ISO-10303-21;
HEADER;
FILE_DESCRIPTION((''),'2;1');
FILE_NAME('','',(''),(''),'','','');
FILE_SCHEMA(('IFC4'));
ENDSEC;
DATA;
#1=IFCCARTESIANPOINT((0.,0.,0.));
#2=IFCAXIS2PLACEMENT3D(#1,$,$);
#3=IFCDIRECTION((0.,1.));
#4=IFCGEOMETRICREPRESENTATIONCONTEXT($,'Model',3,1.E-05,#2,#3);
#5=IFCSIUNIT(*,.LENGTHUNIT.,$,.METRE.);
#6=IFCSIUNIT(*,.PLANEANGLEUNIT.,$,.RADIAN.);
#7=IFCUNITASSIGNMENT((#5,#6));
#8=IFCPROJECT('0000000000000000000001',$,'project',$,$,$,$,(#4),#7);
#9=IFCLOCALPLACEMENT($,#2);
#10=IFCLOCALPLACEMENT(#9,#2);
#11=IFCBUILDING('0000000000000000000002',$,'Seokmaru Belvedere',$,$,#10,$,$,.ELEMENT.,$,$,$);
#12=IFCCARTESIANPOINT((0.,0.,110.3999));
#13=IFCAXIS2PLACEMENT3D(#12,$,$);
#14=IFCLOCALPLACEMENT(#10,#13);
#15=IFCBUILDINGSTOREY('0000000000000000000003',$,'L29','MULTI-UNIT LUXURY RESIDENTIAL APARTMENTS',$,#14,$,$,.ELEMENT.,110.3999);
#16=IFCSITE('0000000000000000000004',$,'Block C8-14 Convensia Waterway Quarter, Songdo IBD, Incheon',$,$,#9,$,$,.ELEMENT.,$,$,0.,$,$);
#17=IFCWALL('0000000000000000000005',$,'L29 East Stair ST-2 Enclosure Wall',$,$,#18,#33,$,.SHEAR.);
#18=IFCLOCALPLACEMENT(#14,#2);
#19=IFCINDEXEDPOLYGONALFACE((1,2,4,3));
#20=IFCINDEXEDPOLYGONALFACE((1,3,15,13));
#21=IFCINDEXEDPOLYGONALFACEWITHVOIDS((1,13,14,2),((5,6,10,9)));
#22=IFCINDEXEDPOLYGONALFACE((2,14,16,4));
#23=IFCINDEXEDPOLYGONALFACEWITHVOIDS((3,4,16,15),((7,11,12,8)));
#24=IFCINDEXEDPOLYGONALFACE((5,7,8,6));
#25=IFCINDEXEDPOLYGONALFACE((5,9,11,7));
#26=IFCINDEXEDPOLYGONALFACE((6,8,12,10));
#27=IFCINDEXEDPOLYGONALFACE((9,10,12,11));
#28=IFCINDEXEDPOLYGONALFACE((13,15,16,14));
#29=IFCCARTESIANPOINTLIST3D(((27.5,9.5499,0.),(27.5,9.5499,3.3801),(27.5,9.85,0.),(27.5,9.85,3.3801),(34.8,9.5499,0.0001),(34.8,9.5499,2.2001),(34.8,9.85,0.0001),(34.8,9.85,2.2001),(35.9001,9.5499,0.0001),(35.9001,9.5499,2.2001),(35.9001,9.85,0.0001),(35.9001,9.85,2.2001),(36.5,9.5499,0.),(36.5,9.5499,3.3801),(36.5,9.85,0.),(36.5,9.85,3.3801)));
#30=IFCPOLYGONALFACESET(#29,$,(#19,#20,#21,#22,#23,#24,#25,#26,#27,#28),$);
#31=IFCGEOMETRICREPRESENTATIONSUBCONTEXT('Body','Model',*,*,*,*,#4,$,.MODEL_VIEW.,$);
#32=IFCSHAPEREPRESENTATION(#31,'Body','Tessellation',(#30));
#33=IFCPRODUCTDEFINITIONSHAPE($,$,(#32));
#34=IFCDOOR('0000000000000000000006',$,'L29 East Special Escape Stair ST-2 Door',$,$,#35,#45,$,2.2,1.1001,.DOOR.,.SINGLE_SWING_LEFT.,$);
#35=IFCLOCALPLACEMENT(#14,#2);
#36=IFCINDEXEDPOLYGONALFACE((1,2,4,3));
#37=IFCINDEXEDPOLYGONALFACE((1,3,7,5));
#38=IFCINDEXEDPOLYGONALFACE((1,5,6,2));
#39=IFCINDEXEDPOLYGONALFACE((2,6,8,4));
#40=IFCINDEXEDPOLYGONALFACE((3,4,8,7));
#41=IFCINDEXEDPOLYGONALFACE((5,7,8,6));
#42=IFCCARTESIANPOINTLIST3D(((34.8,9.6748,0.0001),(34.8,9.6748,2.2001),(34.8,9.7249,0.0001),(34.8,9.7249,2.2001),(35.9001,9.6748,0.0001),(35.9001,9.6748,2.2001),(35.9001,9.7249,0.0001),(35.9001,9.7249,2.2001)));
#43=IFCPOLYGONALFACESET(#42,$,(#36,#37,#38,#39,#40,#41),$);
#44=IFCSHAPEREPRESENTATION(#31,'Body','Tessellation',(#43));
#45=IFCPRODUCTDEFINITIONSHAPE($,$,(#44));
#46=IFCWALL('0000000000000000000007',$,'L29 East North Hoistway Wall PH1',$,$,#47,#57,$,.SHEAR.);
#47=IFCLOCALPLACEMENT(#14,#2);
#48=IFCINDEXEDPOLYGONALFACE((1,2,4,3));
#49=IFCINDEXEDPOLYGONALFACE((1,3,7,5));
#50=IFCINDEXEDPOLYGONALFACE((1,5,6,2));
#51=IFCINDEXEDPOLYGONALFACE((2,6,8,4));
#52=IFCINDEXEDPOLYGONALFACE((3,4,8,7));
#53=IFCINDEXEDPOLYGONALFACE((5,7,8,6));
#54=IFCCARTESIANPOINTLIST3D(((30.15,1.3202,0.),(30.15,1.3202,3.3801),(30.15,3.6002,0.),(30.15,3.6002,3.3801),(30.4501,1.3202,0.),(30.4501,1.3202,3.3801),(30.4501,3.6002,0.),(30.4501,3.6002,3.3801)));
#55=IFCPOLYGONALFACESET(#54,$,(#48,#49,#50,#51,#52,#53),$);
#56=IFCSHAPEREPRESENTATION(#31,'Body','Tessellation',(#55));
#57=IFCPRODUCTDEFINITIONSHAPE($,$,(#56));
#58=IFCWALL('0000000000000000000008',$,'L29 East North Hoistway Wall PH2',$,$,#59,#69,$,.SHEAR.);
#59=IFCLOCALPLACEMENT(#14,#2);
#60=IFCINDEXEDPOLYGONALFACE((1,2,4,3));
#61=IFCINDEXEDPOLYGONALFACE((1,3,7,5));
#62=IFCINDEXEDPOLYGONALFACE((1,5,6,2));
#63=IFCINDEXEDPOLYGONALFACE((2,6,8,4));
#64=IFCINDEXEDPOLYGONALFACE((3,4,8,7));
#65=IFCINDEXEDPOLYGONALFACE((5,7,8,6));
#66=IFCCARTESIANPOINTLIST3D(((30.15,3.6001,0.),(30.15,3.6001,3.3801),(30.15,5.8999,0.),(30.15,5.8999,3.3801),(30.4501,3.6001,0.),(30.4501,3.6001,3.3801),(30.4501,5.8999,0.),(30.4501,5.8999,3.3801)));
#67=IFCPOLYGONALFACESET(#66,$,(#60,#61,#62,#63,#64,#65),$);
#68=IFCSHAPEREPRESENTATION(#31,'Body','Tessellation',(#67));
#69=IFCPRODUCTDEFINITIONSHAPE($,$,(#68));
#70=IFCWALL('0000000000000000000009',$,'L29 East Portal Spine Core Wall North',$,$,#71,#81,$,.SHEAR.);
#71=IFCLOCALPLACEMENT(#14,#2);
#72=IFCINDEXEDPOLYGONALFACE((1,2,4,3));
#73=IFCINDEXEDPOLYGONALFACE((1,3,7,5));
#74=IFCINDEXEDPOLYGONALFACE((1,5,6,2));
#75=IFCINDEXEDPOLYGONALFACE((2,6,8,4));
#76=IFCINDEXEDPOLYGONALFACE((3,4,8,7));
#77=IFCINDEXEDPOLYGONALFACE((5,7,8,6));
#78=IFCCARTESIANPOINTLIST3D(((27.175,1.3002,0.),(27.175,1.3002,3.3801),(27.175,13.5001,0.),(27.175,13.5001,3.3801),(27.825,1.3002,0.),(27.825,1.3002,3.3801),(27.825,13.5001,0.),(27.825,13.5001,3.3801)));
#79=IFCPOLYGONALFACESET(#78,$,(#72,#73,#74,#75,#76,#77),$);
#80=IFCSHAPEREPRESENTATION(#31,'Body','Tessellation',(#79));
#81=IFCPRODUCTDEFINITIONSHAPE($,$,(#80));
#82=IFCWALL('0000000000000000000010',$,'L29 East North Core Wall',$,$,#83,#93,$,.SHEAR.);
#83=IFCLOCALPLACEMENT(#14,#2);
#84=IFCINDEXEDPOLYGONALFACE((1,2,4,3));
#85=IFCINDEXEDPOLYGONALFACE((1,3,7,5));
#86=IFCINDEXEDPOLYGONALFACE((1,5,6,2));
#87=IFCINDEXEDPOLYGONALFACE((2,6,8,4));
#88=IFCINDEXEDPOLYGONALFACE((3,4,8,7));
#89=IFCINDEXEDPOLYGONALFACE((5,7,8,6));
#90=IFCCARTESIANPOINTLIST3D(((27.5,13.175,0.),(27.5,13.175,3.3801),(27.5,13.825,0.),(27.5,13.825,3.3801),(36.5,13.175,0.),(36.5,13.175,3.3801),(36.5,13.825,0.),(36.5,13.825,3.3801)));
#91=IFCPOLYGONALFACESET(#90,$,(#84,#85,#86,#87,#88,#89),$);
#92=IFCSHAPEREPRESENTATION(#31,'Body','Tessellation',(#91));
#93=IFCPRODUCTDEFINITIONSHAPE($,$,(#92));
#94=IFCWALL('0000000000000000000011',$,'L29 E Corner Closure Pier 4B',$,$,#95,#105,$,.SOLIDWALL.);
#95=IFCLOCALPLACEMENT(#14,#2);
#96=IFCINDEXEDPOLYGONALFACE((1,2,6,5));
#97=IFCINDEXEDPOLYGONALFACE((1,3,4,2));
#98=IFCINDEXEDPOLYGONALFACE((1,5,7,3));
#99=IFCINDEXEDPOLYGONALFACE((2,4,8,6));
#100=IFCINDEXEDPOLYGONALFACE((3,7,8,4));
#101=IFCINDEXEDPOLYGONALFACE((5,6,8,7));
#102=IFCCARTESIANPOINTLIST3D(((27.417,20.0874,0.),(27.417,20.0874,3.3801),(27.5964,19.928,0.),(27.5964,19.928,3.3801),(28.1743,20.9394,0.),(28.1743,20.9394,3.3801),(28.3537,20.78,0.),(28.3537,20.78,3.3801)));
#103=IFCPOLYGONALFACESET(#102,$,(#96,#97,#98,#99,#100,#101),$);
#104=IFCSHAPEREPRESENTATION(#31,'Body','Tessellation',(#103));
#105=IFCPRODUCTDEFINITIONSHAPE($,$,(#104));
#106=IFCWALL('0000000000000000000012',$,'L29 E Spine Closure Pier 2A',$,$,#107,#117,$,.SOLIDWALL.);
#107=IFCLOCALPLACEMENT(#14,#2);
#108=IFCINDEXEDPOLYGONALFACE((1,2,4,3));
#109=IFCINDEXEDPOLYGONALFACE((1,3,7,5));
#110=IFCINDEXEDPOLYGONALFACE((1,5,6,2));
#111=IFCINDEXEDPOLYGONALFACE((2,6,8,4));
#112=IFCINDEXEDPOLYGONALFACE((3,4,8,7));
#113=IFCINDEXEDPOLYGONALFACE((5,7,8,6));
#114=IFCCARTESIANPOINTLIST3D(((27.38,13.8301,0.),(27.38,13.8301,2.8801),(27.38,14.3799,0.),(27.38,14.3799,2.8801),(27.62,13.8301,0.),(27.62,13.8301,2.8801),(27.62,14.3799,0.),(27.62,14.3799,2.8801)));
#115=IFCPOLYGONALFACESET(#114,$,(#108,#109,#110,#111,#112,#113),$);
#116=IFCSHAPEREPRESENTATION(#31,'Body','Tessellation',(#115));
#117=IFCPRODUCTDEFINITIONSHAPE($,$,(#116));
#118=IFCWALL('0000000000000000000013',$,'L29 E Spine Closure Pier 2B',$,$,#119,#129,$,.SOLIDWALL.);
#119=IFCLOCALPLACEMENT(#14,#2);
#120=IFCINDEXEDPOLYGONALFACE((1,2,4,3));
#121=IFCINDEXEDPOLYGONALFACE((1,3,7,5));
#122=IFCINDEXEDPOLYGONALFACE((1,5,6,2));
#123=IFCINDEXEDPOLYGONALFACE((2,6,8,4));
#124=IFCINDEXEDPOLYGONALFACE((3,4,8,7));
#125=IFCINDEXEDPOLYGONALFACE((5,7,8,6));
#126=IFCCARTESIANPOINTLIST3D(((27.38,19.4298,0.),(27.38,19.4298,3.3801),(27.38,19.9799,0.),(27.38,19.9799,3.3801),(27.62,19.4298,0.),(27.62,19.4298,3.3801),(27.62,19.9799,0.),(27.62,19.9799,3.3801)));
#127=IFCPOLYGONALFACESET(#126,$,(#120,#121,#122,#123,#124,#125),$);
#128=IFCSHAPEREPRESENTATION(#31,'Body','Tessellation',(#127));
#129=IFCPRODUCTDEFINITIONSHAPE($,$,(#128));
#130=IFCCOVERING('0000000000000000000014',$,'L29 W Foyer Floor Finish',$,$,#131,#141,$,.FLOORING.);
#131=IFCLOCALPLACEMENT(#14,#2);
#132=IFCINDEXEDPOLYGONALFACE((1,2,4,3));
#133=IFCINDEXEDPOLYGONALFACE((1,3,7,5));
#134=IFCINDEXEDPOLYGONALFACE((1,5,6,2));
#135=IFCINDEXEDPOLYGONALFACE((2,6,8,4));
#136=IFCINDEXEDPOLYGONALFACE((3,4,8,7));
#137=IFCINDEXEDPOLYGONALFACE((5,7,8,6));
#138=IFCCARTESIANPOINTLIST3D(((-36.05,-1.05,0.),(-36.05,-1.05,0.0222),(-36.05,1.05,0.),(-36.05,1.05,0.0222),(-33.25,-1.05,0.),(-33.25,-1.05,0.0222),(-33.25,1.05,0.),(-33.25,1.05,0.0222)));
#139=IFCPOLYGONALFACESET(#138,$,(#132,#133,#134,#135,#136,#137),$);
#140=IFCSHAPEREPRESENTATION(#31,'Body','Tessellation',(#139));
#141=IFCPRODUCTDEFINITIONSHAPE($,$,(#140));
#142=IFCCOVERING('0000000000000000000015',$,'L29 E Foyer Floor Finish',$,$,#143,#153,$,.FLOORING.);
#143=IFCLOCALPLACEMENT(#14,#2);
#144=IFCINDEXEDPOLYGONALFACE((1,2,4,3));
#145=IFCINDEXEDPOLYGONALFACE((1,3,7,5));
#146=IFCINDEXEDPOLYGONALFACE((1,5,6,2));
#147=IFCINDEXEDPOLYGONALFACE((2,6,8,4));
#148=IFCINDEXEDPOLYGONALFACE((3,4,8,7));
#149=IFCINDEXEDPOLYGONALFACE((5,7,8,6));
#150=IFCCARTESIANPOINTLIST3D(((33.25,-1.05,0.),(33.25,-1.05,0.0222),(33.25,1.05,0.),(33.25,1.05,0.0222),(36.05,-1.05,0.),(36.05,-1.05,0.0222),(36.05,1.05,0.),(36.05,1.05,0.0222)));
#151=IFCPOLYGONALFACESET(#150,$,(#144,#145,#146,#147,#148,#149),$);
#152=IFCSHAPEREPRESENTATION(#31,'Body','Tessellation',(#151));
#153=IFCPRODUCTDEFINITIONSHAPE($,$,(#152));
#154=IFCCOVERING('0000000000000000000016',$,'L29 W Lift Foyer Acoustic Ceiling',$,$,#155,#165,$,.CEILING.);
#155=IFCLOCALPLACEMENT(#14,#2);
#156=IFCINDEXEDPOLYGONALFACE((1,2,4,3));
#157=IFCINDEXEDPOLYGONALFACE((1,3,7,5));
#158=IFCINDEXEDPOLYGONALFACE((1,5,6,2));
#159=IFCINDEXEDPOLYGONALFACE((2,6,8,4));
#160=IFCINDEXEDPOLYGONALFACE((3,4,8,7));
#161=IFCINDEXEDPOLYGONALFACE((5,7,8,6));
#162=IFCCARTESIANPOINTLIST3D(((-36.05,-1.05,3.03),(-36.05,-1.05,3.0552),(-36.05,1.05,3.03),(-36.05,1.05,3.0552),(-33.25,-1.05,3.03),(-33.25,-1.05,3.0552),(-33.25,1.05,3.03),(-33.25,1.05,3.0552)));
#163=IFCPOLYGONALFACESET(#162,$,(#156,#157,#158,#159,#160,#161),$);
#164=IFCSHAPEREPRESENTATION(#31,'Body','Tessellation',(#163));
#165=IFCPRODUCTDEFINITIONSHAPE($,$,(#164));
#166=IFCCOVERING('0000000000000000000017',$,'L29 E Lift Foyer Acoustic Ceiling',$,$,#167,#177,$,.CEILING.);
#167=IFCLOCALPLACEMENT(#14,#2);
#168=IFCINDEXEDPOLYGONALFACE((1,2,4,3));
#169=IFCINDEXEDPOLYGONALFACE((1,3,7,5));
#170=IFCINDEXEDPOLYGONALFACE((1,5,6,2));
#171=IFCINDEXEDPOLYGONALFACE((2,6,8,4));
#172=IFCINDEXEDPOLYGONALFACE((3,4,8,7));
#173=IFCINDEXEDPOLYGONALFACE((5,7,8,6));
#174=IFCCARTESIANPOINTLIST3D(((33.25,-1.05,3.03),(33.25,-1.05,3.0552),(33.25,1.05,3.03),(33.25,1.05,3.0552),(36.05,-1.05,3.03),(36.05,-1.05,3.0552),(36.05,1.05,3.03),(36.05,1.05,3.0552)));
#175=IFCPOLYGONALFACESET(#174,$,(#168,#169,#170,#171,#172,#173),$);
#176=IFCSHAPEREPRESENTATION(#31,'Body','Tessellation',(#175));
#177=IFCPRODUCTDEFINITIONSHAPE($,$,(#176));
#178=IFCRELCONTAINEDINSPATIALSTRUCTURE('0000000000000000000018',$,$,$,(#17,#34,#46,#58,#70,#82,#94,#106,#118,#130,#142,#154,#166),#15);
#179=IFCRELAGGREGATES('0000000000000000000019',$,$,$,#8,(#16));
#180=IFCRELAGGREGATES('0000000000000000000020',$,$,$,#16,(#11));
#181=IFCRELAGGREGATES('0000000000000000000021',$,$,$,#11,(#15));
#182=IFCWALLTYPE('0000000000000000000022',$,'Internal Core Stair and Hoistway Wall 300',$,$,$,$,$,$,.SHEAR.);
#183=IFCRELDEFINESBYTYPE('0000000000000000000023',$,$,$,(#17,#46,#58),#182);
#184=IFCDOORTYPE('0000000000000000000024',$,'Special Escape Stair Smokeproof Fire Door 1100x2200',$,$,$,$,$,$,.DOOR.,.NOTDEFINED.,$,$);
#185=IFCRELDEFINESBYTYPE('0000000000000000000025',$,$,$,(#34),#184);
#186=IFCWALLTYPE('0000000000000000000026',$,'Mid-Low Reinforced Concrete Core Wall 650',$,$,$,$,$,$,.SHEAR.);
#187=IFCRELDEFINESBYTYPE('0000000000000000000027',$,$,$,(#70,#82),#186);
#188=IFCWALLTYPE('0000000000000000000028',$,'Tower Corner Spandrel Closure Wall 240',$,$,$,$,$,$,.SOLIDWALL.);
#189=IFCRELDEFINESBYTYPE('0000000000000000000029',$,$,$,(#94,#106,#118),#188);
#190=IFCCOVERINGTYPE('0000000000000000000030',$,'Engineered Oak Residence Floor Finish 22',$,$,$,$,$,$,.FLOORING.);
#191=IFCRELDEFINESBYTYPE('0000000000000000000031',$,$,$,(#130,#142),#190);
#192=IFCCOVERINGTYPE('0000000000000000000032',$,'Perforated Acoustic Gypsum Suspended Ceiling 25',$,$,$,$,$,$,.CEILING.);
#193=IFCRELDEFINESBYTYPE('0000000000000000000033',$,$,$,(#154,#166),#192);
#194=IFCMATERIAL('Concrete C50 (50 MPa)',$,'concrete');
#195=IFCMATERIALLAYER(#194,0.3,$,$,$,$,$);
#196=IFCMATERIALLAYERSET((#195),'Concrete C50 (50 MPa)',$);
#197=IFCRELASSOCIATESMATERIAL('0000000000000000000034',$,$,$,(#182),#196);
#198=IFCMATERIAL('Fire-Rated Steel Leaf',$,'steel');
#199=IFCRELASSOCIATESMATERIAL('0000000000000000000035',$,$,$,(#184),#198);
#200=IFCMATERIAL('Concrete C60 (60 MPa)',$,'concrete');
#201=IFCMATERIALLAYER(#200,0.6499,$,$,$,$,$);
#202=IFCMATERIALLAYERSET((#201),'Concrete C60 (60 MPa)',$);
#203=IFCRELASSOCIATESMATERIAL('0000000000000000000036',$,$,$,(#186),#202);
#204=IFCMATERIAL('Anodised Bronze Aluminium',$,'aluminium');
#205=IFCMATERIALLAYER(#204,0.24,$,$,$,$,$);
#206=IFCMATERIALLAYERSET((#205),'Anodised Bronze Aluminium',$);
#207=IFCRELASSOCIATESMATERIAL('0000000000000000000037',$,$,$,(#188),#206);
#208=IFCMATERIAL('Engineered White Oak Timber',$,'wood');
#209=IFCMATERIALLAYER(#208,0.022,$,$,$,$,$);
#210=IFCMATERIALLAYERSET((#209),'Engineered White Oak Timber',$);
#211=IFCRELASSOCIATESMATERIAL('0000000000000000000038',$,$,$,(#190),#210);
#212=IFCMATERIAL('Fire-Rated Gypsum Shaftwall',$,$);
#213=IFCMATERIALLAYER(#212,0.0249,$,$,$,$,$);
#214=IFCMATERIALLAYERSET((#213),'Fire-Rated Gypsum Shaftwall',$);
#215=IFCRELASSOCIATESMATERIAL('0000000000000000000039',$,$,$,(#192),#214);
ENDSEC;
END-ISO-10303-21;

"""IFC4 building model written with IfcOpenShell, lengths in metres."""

from ifc_helpers import new_model, si_unit, direction, frame, frame_2d, origin, place, context, subcontext, project, spatial, polyline, rectangle, outline, extrude, source, transform, mapped, material, layer, layer_set, type_object, type_shapes, element, fill, save


model = new_model("IFC4")

# Units and contexts
model_context = context("Model", 3, precision=1e-05, world=origin(), true_north=direction((0.0, 1.0)))
body_context = subcontext(model_context, "Body", "Model", "MODEL_VIEW")
ifc_project = project(units=[si_unit("LENGTHUNIT", "METRE"), si_unit("PLANEANGLEUNIT", "RADIAN")], contexts=[model_context])

# Site, building, storey
site_placement = place(None, origin())
site = spatial("IfcSite", under=ifc_project, at=site_placement, Name="Block C8-14 Convensia Waterway Quarter, Songdo IBD, Incheon", CompositionType="ELEMENT", RefElevation=0.0)
building_placement = place(site_placement, origin())
building = spatial("IfcBuilding", under=site, at=building_placement, Name="Seokmaru Belvedere", CompositionType="ELEMENT")
storey_placement = place(building_placement, frame((0.0, 0.0, 110.3999)))
storey = spatial("IfcBuildingStorey", under=building, at=storey_placement, Name="L29", Description="MULTI-UNIT LUXURY RESIDENTIAL APARTMENTS", CompositionType="ELEMENT", Elevation=110.3999)

# Shared definitions
ifc_material_1 = material(Name="Anodised Bronze Aluminium", Category="aluminium")

# Shared definitions
ifc_material_2 = material(Name="Fire-Rated Gypsum Shaftwall")

# Shared definitions
ifc_material_3 = material(Name="Concrete C50 (50 MPa)", Category="concrete")

# Wall, opening, door
ifc_layer_1 = layer(ifc_material_3, 0.3)
ifc_layer_set_1 = layer_set([ifc_layer_1], Name="Concrete C50 (50 MPa)")
wall_type_1 = type_object("IfcWallType", Name="Internal Core Stair and Hoistway Wall 300", PredefinedType="SHEAR", material=ifc_layer_set_1)
wall_1_placement = place(storey_placement, frame((27.5, 9.7, 0.0), z_axis=(0.0, 0.0, 1.0), x_axis=(1.0, 0.0, 0.0)))
wall_1 = element("IfcWall", 1, at=wall_1_placement, inside=storey, type_object=wall_type_1, Name="L29 East Stair ST-2 Enclosure Wall", PredefinedType="SHEAR", context=body_context, shape_type="SweptSolid", body=[
    extrude(rectangle(XDim=9.0, YDim=0.3, at=frame_2d((4.5, 0.0))), origin(), (0.0, 0.0, 1.0), 3.3801),
])
opening_1_placement = place(wall_1_placement, frame((7.3, 0.0, 0.0)))
opening_1 = element("IfcOpeningElement", 2, at=opening_1_placement, cuts=wall_1, PredefinedType="OPENING", context=body_context, shape_type="SweptSolid", body=[
    extrude(rectangle(XDim=1.1001, YDim=2.2, at=frame_2d((0.55, 1.1001))), frame((0.0, 0.1602, 0.0), z_axis=(0.0, -1.0, 0.0), x_axis=(1.0, 0.0, 0.0)), (0.0, 0.0, 1.0), 0.3201),
])
ifc_material_4 = material(Name="Fire-Rated Steel Leaf", Category="steel")
door_type = type_object("IfcDoorType", Name="Special Escape Stair Smokeproof Fire Door 1100x2200", OperationType="NOTDEFINED", PredefinedType="DOOR", material=ifc_material_4)
shared_shape_1 = source(origin(), body_context, "Body", "SweptSolid", [
    extrude(rectangle(XDim=1.1001, YDim=2.2, at=frame_2d((0.55, 1.1001))), frame((0.0, 0.0249, 0.0), z_axis=(0.0, -1.0, 0.0), x_axis=(1.0, 0.0, 0.0)), (0.0, 0.0, 1.0), 0.05),
])
type_shapes(door_type, [shared_shape_1])
door_placement = place(opening_1_placement, origin())
door = element("IfcDoor", 3, at=door_placement, inside=storey, type_object=door_type, Name="L29 East Special Escape Stair ST-2 Door", OperationType="SINGLE_SWING_LEFT", OverallHeight=2.2, OverallWidth=1.1001, PredefinedType="DOOR", context=body_context, shape_type="MappedRepresentation", body=[
    mapped(shared_shape_1, transform((0.0, 0.0, 0.0), scale=1.0)),
])
fill(opening_1, door)

# Walls
wall_2_placement = place(storey_placement, frame((30.3, 1.3201, 0.0), z_axis=(0.0, 0.0, 1.0), x_axis=(0.0, 1.0, 0.0)))
element("IfcWall", 4, at=wall_2_placement, inside=storey, type_object=wall_type_1, Name="L29 East North Hoistway Wall PH1", PredefinedType="SHEAR", context=body_context, shape_type="SweptSolid", body=[
    extrude(rectangle(XDim=2.28, YDim=0.3, at=frame_2d((1.1401, 0.0))), origin(), (0.0, 0.0, 1.0), 3.3801),
])
wall_3_placement = place(storey_placement, frame((30.3, 3.6001, 0.0), z_axis=(0.0, 0.0, 1.0), x_axis=(0.0, 1.0, 0.0)))
element("IfcWall", 5, at=wall_3_placement, inside=storey, type_object=wall_type_1, Name="L29 East North Hoistway Wall PH2", PredefinedType="SHEAR", context=body_context, shape_type="SweptSolid", body=[
    extrude(rectangle(XDim=2.2998, YDim=0.3, at=frame_2d((1.1499, 0.0))), origin(), (0.0, 0.0, 1.0), 3.3801),
])
ifc_material_5 = material(Name="Concrete C60 (60 MPa)", Category="concrete")
ifc_layer_2 = layer(ifc_material_5, 0.6499)
ifc_layer_set_2 = layer_set([ifc_layer_2], Name="Concrete C60 (60 MPa)")
wall_type_2 = type_object("IfcWallType", Name="Mid-Low Reinforced Concrete Core Wall 650", PredefinedType="SHEAR", material=ifc_layer_set_2)
wall_4_placement = place(storey_placement, frame((27.5, 1.3, 0.0), z_axis=(0.0, 0.0, 1.0), x_axis=(0.0, 1.0, 0.0)))
element("IfcWall", 6, at=wall_4_placement, inside=storey, type_object=wall_type_2, Name="L29 East Portal Spine Core Wall North", PredefinedType="SHEAR", context=body_context, shape_type="SweptSolid", body=[
    extrude(rectangle(XDim=12.2, YDim=0.6499, at=frame_2d((6.1001, 0.0))), origin(), (0.0, 0.0, 1.0), 3.3801),
])
wall_5_placement = place(storey_placement, frame((27.5, 13.5, 0.0), z_axis=(0.0, 0.0, 1.0), x_axis=(1.0, 0.0, 0.0)))
element("IfcWall", 7, at=wall_5_placement, inside=storey, type_object=wall_type_2, Name="L29 East North Core Wall", PredefinedType="SHEAR", context=body_context, shape_type="SweptSolid", body=[
    extrude(rectangle(XDim=9.0, YDim=0.6499, at=frame_2d((4.5, 0.0))), origin(), (0.0, 0.0, 1.0), 3.3801),
])
ifc_layer_3 = layer(ifc_material_1, 0.24)
ifc_layer_set_3 = layer_set([ifc_layer_3], Name="Anodised Bronze Aluminium")
wall_type_3 = type_object("IfcWallType", Name="Tower Corner Spandrel Closure Wall 240", PredefinedType="SOLIDWALL", material=ifc_layer_set_3)
wall_6_placement = place(storey_placement, frame((28.2639, 20.8596, 0.0), z_axis=(0.0, 0.0, 1.0), x_axis=(-0.664337, -0.747433, 0.0)))
element("IfcWall", 8, at=wall_6_placement, inside=storey, type_object=wall_type_3, Name="L29 E Corner Closure Pier 4B", PredefinedType="SOLIDWALL", context=body_context, shape_type="SweptSolid", body=[
    extrude(rectangle(XDim=1.1399, YDim=0.24, at=frame_2d((0.5698, 0.0))), origin(), (0.0, 0.0, 1.0), 3.3801),
])
wall_7_placement = place(storey_placement, frame((27.5, 13.8301, 0.0), z_axis=(0.0, 0.0, 1.0), x_axis=(0.0, 1.0, 0.0)))
element("IfcWall", 9, at=wall_7_placement, inside=storey, type_object=wall_type_3, Name="L29 E Spine Closure Pier 2A", PredefinedType="SOLIDWALL", context=body_context, shape_type="SweptSolid", body=[
    extrude(rectangle(XDim=0.5498, YDim=0.24, at=frame_2d((0.2749, 0.0))), origin(), (0.0, 0.0, 1.0), 2.8801),
])
wall_8_placement = place(storey_placement, frame((27.5, 19.4299, 0.0), z_axis=(0.0, 0.0, 1.0), x_axis=(0.0, 1.0, 0.0)))
element("IfcWall", 10, at=wall_8_placement, inside=storey, type_object=wall_type_3, Name="L29 E Spine Closure Pier 2B", PredefinedType="SOLIDWALL", context=body_context, shape_type="SweptSolid", body=[
    extrude(rectangle(XDim=0.55, YDim=0.24, at=frame_2d((0.2749, 0.0))), origin(), (0.0, 0.0, 1.0), 3.3801),
])

# Coverings
ifc_material_6 = material(Name="Engineered White Oak Timber", Category="wood")
ifc_layer_4 = layer(ifc_material_6, 0.022)
ifc_layer_set_4 = layer_set([ifc_layer_4], Name="Engineered White Oak Timber")
covering_type_1 = type_object("IfcCoveringType", Name="Engineered Oak Residence Floor Finish 22", PredefinedType="FLOORING", material=ifc_layer_set_4)
covering_1_placement = place(storey_placement, origin())
element("IfcCovering", 11, at=covering_1_placement, inside=storey, type_object=covering_type_1, Name="L29 W Foyer Floor Finish", PredefinedType="FLOORING", context=body_context, shape_type="SweptSolid", body=[
    extrude(outline(polyline([(-36.05, -1.05), (-33.25, -1.05), (-33.25, 1.05), (-36.05, 1.05), (-36.05, -1.05)])), origin(), (0.0, 0.0, 1.0), 0.0222),
])
covering_2_placement = place(storey_placement, origin())
element("IfcCovering", 12, at=covering_2_placement, inside=storey, type_object=covering_type_1, Name="L29 E Foyer Floor Finish", PredefinedType="FLOORING", context=body_context, shape_type="SweptSolid", body=[
    extrude(outline(polyline([(33.25, -1.05), (36.05, -1.05), (36.05, 1.05), (33.25, 1.05), (33.25, -1.05)])), origin(), (0.0, 0.0, 1.0), 0.0222),
])
ifc_layer_5 = layer(ifc_material_2, 0.0249)
ifc_layer_set_5 = layer_set([ifc_layer_5], Name="Fire-Rated Gypsum Shaftwall")
covering_type_2 = type_object("IfcCoveringType", Name="Perforated Acoustic Gypsum Suspended Ceiling 25", PredefinedType="CEILING", material=ifc_layer_set_5)
covering_3_placement = place(storey_placement, frame((0.0, 0.0, 3.03)))
element("IfcCovering", 13, at=covering_3_placement, inside=storey, type_object=covering_type_2, Name="L29 W Lift Foyer Acoustic Ceiling", PredefinedType="CEILING", context=body_context, shape_type="SweptSolid", body=[
    extrude(outline(polyline([(-36.05, -1.05), (-33.25, -1.05), (-33.25, 1.05), (-36.05, 1.05), (-36.05, -1.05)])), origin(), (0.0, 0.0, 1.0), 0.0251),
])
covering_4_placement = place(storey_placement, frame((0.0, 0.0, 3.03)))
element("IfcCovering", 14, at=covering_4_placement, inside=storey, type_object=covering_type_2, Name="L29 E Lift Foyer Acoustic Ceiling", PredefinedType="CEILING", context=body_context, shape_type="SweptSolid", body=[
    extrude(outline(polyline([(33.25, -1.05), (36.05, -1.05), (36.05, 1.05), (33.25, 1.05), (33.25, -1.05)])), origin(), (0.0, 0.0, 1.0), 0.0251),
])

save(model, "model.ifc")
